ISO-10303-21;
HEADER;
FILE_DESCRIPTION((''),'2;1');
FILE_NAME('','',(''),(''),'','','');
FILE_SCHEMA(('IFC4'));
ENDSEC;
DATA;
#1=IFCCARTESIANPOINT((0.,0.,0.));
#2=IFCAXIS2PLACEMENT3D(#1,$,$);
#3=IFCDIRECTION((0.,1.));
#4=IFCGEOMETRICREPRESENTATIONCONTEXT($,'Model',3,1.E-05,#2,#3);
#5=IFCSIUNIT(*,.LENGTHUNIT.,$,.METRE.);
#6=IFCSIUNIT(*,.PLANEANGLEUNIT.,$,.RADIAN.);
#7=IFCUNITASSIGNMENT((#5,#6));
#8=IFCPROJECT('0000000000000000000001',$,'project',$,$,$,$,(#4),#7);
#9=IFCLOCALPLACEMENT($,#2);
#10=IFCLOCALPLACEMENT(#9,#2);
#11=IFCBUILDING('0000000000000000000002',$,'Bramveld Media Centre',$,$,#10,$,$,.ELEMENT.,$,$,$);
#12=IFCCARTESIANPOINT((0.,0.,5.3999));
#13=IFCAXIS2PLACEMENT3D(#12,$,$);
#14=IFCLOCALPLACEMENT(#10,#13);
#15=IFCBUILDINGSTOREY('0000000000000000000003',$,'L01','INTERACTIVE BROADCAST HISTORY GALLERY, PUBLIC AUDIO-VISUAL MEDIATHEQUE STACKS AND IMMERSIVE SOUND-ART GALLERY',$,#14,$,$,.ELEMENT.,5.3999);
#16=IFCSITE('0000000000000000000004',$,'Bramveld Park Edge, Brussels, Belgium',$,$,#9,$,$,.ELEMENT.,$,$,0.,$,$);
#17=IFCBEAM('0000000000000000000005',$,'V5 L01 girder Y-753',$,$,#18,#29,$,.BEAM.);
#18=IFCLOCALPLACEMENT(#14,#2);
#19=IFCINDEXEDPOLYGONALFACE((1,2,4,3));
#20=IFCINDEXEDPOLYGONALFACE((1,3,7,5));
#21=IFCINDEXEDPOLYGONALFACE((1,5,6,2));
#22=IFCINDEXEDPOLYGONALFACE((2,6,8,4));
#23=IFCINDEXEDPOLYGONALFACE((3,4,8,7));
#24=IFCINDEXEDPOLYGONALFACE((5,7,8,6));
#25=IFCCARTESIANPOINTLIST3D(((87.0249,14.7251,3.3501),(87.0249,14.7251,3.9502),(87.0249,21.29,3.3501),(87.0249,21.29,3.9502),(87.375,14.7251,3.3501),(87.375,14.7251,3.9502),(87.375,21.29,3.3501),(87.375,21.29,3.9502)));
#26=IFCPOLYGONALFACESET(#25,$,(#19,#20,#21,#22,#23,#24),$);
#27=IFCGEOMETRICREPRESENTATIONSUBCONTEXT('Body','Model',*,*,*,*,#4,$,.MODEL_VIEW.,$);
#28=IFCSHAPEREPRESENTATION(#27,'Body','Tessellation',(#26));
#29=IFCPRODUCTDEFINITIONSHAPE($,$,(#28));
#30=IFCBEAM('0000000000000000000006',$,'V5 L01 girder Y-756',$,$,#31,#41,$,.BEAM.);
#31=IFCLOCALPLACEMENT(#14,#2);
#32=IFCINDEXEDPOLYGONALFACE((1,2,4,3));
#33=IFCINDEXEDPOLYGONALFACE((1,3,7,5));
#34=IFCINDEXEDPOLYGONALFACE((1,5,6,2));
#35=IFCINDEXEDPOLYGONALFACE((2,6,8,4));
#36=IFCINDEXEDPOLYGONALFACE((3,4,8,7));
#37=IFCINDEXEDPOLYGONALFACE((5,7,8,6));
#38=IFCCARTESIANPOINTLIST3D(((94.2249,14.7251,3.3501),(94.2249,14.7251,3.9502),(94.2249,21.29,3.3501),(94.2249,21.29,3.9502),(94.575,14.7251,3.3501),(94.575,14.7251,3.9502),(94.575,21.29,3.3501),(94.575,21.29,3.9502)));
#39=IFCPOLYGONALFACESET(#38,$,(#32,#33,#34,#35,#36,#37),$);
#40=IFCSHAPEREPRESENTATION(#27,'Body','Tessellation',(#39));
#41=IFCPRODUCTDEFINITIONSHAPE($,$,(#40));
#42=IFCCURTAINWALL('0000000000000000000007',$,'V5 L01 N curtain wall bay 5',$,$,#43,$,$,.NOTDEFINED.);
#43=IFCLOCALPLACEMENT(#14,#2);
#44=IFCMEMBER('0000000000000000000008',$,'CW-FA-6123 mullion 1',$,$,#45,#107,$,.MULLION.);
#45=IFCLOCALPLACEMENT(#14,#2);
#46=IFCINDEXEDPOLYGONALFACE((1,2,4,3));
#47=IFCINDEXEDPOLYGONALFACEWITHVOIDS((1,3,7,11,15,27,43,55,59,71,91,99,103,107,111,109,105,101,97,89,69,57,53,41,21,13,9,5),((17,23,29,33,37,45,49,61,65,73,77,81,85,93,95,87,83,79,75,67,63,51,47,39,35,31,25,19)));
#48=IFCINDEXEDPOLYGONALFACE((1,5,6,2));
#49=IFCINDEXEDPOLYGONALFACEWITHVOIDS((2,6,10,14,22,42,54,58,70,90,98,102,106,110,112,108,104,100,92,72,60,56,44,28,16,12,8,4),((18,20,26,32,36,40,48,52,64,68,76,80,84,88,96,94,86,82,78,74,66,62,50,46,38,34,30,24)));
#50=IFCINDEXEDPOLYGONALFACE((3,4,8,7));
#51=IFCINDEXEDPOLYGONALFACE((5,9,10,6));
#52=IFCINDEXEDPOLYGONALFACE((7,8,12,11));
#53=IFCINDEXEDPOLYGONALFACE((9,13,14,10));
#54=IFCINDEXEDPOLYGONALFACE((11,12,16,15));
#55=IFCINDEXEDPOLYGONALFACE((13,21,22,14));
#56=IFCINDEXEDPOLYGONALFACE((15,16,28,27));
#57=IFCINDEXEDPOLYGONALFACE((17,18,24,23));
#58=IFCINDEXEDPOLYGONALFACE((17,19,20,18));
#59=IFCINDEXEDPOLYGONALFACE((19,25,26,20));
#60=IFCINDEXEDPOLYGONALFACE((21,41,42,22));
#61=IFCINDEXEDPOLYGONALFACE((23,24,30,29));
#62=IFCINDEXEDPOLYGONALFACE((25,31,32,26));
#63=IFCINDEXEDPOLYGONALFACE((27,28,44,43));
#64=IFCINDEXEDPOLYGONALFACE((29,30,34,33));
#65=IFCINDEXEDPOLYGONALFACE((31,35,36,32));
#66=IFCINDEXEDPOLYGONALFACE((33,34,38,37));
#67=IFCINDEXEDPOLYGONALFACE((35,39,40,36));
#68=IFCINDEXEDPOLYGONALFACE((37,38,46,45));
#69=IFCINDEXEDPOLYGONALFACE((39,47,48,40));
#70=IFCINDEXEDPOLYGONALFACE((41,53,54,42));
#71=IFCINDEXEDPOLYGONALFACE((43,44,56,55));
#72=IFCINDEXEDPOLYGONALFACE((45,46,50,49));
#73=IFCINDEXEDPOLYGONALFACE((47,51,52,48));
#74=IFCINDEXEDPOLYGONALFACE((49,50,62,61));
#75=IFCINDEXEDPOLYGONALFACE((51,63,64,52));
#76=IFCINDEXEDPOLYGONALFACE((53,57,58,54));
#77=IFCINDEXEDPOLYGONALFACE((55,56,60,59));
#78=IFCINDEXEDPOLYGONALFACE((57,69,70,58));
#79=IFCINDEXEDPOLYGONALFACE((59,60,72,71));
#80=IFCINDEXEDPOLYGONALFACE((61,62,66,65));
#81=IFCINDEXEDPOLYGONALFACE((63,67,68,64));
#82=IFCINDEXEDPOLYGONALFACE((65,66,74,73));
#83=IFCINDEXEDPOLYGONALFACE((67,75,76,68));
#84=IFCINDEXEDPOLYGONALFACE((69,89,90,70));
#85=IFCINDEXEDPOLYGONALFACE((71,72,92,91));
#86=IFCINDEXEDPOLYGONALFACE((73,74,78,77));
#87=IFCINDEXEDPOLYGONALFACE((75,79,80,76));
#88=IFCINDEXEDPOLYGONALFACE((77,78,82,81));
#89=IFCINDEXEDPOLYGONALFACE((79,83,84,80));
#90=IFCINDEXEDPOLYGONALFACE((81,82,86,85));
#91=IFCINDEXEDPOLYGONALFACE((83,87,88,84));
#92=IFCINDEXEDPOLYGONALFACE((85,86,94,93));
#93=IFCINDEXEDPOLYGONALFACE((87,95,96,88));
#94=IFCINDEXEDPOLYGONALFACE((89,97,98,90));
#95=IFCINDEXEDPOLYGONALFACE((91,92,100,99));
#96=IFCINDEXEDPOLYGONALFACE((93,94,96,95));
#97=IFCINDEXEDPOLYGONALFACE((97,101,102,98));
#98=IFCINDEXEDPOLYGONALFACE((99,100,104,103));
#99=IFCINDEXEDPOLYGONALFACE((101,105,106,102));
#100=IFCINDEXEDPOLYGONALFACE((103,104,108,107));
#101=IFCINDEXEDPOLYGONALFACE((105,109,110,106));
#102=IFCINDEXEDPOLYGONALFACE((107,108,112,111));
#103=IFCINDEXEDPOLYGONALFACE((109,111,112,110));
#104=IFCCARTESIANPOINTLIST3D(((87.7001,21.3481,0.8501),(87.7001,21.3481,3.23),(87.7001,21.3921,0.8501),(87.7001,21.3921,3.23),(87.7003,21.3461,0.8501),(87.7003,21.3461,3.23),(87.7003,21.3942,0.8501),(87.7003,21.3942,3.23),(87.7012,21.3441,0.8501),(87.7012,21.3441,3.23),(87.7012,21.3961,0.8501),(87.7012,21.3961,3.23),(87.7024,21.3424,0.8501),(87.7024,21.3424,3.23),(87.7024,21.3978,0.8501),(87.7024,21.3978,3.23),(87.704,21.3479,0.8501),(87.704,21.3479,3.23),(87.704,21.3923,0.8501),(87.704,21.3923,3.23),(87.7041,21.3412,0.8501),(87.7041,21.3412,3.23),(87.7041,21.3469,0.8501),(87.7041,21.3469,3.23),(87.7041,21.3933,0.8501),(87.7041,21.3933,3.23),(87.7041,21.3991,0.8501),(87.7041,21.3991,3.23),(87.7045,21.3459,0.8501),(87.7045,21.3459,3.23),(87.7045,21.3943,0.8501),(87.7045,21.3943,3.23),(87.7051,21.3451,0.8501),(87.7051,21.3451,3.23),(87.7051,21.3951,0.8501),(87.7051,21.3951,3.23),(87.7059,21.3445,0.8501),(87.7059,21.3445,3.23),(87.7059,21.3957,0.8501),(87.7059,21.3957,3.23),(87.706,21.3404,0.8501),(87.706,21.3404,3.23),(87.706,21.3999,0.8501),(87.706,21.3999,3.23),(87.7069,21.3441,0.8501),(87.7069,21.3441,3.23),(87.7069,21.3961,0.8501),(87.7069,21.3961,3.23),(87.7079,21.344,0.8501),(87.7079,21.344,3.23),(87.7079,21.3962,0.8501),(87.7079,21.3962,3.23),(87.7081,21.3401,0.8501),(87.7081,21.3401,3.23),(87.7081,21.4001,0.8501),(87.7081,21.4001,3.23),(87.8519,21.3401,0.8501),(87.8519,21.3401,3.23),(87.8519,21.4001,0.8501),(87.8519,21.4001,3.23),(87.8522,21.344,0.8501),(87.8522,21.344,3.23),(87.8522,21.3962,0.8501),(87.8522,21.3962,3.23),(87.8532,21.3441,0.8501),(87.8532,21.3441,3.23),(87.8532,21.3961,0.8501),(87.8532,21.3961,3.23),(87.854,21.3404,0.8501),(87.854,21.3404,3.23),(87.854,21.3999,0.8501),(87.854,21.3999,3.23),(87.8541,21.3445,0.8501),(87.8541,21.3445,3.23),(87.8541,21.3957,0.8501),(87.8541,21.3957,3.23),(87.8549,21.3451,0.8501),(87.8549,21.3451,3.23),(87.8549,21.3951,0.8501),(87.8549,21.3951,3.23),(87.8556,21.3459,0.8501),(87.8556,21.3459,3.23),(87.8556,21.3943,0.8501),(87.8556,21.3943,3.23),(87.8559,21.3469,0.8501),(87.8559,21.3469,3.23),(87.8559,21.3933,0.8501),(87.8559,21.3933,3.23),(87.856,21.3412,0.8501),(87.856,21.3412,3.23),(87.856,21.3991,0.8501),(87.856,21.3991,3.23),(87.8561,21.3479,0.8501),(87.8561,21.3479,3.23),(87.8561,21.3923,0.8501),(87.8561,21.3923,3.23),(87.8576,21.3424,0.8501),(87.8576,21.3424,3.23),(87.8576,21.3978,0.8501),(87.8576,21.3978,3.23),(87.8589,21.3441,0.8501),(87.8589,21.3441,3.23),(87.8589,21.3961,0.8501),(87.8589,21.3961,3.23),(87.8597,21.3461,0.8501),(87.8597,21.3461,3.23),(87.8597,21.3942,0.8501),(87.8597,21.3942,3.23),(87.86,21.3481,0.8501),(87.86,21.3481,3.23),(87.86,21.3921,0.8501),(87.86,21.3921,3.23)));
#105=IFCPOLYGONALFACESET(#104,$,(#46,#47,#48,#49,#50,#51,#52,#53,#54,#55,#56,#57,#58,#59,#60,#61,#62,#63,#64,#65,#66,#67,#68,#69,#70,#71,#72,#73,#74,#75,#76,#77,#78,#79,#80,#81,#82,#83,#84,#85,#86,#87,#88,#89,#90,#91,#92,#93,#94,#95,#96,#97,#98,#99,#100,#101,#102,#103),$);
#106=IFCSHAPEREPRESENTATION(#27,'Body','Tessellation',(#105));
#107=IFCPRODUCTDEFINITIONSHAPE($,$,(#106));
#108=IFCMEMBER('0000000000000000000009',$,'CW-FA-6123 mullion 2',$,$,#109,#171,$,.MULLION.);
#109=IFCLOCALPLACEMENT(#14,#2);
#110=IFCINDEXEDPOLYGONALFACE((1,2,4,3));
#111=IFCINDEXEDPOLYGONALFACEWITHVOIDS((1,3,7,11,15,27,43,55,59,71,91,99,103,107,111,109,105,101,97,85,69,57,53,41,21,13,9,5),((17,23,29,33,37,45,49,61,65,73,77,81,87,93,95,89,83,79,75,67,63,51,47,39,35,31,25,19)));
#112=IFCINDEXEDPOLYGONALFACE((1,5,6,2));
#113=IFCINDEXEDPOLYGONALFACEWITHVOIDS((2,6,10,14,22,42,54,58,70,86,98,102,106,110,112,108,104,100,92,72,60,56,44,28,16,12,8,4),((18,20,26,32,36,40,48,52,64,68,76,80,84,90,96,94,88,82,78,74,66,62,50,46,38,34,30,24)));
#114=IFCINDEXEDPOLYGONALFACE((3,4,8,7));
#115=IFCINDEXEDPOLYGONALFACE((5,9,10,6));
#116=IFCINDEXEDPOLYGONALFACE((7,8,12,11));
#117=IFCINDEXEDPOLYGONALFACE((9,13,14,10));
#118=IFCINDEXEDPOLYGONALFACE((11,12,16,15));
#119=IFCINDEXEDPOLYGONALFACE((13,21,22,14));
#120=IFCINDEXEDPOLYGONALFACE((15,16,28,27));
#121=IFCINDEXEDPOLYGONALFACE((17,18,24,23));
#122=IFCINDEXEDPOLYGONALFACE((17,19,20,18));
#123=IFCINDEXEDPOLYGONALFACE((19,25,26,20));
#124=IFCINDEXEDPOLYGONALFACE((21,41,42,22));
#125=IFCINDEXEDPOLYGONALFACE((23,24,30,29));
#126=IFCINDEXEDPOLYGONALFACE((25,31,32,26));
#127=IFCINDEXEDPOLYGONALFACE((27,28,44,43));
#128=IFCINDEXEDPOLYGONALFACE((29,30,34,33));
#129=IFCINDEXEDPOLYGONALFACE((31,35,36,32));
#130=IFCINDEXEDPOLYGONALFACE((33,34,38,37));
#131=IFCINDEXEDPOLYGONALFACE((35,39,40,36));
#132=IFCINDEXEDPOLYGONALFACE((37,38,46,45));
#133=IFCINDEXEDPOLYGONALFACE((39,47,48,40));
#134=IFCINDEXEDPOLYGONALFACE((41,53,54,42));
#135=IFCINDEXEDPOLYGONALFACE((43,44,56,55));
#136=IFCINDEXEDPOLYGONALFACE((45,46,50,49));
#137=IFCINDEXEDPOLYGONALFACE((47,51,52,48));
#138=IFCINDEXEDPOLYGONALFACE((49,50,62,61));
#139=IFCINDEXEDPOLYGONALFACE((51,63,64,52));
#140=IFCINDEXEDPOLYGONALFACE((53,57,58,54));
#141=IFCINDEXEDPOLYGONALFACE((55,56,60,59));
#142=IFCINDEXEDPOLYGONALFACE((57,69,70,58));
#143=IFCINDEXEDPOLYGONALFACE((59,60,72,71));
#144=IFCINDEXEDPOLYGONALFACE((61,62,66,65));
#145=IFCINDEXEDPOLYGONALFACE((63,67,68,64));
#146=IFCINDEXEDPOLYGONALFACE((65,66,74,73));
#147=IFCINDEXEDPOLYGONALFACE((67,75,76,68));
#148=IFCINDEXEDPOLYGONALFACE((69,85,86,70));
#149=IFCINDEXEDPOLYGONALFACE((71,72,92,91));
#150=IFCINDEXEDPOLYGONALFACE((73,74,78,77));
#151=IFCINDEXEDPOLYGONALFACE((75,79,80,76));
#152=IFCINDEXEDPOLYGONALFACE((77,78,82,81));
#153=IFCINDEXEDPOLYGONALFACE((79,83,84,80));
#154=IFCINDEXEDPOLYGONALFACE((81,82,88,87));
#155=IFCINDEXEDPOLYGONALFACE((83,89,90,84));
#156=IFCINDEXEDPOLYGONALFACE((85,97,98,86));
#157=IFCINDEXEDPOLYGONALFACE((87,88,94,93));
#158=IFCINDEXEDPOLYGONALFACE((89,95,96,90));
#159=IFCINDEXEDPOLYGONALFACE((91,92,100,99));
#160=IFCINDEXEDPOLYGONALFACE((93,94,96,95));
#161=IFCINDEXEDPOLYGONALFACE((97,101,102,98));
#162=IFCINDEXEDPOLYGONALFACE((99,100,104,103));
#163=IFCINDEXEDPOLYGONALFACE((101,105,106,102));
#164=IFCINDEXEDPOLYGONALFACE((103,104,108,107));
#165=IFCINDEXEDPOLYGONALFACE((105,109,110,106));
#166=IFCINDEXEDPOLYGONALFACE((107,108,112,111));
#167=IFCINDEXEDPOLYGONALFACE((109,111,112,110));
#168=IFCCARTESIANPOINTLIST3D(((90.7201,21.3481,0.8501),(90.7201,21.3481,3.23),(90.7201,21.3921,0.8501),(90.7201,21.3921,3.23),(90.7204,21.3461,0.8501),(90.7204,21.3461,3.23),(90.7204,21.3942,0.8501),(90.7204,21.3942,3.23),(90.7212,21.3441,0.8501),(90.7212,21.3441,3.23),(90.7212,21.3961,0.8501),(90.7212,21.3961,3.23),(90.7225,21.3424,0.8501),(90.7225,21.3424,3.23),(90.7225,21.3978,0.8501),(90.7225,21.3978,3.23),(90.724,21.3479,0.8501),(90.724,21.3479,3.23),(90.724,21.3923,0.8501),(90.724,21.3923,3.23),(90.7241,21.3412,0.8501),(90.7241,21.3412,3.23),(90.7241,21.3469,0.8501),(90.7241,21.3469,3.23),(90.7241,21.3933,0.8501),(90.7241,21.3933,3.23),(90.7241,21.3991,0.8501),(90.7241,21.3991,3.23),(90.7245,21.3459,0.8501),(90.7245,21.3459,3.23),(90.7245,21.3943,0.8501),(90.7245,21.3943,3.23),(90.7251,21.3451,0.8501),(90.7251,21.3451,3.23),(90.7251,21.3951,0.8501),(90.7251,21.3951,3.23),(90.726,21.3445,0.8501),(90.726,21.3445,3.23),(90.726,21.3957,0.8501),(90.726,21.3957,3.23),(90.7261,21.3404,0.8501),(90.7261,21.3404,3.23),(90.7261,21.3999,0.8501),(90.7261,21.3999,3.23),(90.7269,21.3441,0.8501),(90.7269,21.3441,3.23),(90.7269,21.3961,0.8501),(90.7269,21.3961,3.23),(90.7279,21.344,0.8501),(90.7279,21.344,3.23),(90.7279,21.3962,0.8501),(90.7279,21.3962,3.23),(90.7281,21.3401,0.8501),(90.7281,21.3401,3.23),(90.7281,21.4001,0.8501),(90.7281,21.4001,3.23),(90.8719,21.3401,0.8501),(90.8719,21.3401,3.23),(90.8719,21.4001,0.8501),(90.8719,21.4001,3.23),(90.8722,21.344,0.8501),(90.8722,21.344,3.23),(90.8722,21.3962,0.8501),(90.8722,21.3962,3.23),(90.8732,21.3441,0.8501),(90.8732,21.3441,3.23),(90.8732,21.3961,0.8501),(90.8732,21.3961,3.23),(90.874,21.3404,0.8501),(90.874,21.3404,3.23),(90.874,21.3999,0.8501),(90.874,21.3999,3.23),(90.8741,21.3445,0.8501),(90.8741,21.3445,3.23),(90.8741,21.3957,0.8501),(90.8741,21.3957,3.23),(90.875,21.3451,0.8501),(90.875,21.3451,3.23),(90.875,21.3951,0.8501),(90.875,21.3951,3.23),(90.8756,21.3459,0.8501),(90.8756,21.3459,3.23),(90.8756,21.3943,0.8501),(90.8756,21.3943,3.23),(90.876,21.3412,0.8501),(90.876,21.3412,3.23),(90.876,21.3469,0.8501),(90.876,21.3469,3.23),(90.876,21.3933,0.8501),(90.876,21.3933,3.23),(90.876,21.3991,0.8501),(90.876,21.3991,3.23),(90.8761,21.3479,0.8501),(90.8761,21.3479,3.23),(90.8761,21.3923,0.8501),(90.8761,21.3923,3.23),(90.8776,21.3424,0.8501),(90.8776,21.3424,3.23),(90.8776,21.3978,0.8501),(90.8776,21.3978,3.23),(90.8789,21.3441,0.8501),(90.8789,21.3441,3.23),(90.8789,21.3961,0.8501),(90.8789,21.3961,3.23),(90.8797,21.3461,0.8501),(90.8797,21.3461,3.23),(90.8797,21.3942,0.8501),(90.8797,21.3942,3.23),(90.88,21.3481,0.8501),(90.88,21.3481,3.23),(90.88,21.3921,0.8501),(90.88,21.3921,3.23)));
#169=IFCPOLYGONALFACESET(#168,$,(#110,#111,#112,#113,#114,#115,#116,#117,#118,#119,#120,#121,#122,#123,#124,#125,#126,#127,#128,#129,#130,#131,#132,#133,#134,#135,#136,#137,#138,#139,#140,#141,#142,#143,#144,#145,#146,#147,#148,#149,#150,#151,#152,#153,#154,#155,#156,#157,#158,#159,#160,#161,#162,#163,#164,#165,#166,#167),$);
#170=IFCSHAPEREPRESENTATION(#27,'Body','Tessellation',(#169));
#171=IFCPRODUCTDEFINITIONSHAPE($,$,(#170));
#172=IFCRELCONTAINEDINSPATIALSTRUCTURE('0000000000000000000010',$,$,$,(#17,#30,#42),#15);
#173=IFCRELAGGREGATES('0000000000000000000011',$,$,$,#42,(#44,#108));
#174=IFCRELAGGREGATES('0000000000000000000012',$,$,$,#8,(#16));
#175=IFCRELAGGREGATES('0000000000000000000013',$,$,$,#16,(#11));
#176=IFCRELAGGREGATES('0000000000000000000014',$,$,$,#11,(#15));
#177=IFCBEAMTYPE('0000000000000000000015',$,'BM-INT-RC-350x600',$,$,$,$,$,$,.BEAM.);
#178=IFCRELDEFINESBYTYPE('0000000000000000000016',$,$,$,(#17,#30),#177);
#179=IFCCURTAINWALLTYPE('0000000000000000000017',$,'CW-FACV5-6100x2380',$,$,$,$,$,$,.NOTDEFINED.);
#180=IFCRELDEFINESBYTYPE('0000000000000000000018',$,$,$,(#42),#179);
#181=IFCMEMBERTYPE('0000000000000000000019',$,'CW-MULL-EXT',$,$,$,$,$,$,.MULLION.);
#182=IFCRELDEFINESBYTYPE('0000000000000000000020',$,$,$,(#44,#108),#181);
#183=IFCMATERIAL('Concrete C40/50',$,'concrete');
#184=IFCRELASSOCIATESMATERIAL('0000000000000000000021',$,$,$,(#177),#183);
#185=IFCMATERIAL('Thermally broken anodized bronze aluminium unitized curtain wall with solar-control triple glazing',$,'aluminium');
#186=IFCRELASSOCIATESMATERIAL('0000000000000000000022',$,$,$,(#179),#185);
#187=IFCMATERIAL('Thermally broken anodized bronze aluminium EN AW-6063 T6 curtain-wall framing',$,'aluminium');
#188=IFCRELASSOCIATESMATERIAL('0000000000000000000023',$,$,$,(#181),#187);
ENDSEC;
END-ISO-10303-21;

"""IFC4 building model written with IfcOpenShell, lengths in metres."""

from ifc_helpers import new_model, si_unit, direction, frame, origin, origin_2d, place, context, subcontext, project, spatial, rectangle, hollow_rectangle, extrude, material, material_profile, profile_set, type_object, element, aggregate, save


model = new_model("IFC4")

# Units and contexts
model_context = context("Model", 3, precision=1e-05, world=origin(), true_north=direction((0.0, 1.0)))
body_context = subcontext(model_context, "Body", "Model", "MODEL_VIEW")
ifc_project = project(units=[si_unit("LENGTHUNIT", "METRE"), si_unit("PLANEANGLEUNIT", "RADIAN")], contexts=[model_context])

# Site, building, storey
site_placement = place(None, origin())
site = spatial("IfcSite", under=ifc_project, at=site_placement, Name="Bramveld Park Edge, Brussels, Belgium", CompositionType="ELEMENT", RefElevation=0.0)
building_placement = place(site_placement, origin())
building = spatial("IfcBuilding", under=site, at=building_placement, Name="Bramveld Media Centre", CompositionType="ELEMENT")
storey_placement = place(building_placement, frame((0.0, 0.0, 5.3999)))
storey = spatial("IfcBuildingStorey", under=building, at=storey_placement, Name="L01", Description="INTERACTIVE BROADCAST HISTORY GALLERY, PUBLIC AUDIO-VISUAL MEDIATHEQUE STACKS AND IMMERSIVE SOUND-ART GALLERY", CompositionType="ELEMENT", Elevation=5.3999)

# Beams
ifc_material_1 = material(Name="Concrete C40/50", Category="concrete")
ifc_material_profile_1 = material_profile(ifc_material_1, rectangle(XDim=0.3501, YDim=0.6001, at=origin_2d()), Name="RC 350x600")
ifc_profile_set_1 = profile_set([ifc_material_profile_1], Name="Concrete C40/50")
beam_type_1 = type_object("IfcBeamType", Name="BM-INT-RC-350x600", PredefinedType="BEAM", material=ifc_profile_set_1)
for number, where, z_axis, x_axis, name in (
    (1, (87.2, 14.7251, 3.6501), (0.0, 1.0, 0.0), (-1.0, 0.0, 0.0), "V5 L01 girder Y-753"),
    (2, (94.3999, 14.7251, 3.6501), (0.0, 1.0, 0.0), (-1.0, 0.0, 0.0), "V5 L01 girder Y-756"),
):
    element("IfcBeam", number, at=place(storey_placement, frame(where, z_axis=z_axis, x_axis=x_axis)), inside=storey, type_object=beam_type_1, Name=name, PredefinedType="BEAM", context=body_context, shape_type="SweptSolid", body=[
        extrude(rectangle(XDim=0.3501, YDim=0.6001, at=origin_2d()), origin(), (0.0, 0.0, 1.0), 6.5649),
    ])

# Curtain wall, members
ifc_material_2 = material(Name="Thermally broken anodized bronze aluminium unitized curtain wall with solar-control triple glazing", Category="aluminium")
curtain_wall_type = type_object("IfcCurtainWallType", Name="CW-FACV5-6100x2380", PredefinedType="NOTDEFINED", material=ifc_material_2)
curtain_wall_1_placement = place(storey_placement, origin())
curtain_wall_1 = element("IfcCurtainWall", 3, at=curtain_wall_1_placement, inside=storey, type_object=curtain_wall_type, Name="V5 L01 N curtain wall bay 5", PredefinedType="NOTDEFINED")
ifc_material_3 = material(Name="Thermally broken anodized bronze aluminium EN AW-6063 T6 curtain-wall framing", Category="aluminium")
ifc_material_profile_2 = material_profile(ifc_material_3, hollow_rectangle(XDim=0.0601, YDim=0.1599, WallThickness=0.0039, InnerFilletRadius=0.0039, OuterFilletRadius=0.0081, at=origin_2d()), Name="AL-MULL 60x160")
ifc_profile_set_2 = profile_set([ifc_material_profile_2], Name="Thermally broken anodized bronze aluminium EN AW-6063 T6 curtain-wall framing")
member_type_1 = type_object("IfcMemberType", Name="CW-MULL-EXT", PredefinedType="MULLION", material=ifc_profile_set_2)
member_1_placement = place(storey_placement, frame((87.78, 21.3701, 0.8501), z_axis=(0.0, 0.0, 1.0), x_axis=(0.0, 1.0, 0.0)))
member_1 = element("IfcMember", 4, at=member_1_placement, type_object=member_type_1, Name="CW-FA-6123 mullion 1", PredefinedType="MULLION", context=body_context, shape_type="SweptSolid", body=[
    extrude(hollow_rectangle(XDim=0.0601, YDim=0.1599, WallThickness=0.0039, InnerFilletRadius=0.0039, OuterFilletRadius=0.0081, at=origin_2d()), origin(), (0.0, 0.0, 1.0), 2.3799),
])
member_2_placement = place(storey_placement, frame((90.8, 21.3701, 0.8501), z_axis=(0.0, 0.0, 1.0), x_axis=(0.0, 1.0, 0.0)))
member_2 = element("IfcMember", 5, at=member_2_placement, type_object=member_type_1, Name="CW-FA-6123 mullion 2", PredefinedType="MULLION", context=body_context, shape_type="SweptSolid", body=[
    extrude(hollow_rectangle(XDim=0.0601, YDim=0.1599, WallThickness=0.0039, InnerFilletRadius=0.0039, OuterFilletRadius=0.0081, at=origin_2d()), origin(), (0.0, 0.0, 1.0), 2.3799),
])

aggregate(curtain_wall_1, [member_1, member_2])

save(model, "model.ifc")
